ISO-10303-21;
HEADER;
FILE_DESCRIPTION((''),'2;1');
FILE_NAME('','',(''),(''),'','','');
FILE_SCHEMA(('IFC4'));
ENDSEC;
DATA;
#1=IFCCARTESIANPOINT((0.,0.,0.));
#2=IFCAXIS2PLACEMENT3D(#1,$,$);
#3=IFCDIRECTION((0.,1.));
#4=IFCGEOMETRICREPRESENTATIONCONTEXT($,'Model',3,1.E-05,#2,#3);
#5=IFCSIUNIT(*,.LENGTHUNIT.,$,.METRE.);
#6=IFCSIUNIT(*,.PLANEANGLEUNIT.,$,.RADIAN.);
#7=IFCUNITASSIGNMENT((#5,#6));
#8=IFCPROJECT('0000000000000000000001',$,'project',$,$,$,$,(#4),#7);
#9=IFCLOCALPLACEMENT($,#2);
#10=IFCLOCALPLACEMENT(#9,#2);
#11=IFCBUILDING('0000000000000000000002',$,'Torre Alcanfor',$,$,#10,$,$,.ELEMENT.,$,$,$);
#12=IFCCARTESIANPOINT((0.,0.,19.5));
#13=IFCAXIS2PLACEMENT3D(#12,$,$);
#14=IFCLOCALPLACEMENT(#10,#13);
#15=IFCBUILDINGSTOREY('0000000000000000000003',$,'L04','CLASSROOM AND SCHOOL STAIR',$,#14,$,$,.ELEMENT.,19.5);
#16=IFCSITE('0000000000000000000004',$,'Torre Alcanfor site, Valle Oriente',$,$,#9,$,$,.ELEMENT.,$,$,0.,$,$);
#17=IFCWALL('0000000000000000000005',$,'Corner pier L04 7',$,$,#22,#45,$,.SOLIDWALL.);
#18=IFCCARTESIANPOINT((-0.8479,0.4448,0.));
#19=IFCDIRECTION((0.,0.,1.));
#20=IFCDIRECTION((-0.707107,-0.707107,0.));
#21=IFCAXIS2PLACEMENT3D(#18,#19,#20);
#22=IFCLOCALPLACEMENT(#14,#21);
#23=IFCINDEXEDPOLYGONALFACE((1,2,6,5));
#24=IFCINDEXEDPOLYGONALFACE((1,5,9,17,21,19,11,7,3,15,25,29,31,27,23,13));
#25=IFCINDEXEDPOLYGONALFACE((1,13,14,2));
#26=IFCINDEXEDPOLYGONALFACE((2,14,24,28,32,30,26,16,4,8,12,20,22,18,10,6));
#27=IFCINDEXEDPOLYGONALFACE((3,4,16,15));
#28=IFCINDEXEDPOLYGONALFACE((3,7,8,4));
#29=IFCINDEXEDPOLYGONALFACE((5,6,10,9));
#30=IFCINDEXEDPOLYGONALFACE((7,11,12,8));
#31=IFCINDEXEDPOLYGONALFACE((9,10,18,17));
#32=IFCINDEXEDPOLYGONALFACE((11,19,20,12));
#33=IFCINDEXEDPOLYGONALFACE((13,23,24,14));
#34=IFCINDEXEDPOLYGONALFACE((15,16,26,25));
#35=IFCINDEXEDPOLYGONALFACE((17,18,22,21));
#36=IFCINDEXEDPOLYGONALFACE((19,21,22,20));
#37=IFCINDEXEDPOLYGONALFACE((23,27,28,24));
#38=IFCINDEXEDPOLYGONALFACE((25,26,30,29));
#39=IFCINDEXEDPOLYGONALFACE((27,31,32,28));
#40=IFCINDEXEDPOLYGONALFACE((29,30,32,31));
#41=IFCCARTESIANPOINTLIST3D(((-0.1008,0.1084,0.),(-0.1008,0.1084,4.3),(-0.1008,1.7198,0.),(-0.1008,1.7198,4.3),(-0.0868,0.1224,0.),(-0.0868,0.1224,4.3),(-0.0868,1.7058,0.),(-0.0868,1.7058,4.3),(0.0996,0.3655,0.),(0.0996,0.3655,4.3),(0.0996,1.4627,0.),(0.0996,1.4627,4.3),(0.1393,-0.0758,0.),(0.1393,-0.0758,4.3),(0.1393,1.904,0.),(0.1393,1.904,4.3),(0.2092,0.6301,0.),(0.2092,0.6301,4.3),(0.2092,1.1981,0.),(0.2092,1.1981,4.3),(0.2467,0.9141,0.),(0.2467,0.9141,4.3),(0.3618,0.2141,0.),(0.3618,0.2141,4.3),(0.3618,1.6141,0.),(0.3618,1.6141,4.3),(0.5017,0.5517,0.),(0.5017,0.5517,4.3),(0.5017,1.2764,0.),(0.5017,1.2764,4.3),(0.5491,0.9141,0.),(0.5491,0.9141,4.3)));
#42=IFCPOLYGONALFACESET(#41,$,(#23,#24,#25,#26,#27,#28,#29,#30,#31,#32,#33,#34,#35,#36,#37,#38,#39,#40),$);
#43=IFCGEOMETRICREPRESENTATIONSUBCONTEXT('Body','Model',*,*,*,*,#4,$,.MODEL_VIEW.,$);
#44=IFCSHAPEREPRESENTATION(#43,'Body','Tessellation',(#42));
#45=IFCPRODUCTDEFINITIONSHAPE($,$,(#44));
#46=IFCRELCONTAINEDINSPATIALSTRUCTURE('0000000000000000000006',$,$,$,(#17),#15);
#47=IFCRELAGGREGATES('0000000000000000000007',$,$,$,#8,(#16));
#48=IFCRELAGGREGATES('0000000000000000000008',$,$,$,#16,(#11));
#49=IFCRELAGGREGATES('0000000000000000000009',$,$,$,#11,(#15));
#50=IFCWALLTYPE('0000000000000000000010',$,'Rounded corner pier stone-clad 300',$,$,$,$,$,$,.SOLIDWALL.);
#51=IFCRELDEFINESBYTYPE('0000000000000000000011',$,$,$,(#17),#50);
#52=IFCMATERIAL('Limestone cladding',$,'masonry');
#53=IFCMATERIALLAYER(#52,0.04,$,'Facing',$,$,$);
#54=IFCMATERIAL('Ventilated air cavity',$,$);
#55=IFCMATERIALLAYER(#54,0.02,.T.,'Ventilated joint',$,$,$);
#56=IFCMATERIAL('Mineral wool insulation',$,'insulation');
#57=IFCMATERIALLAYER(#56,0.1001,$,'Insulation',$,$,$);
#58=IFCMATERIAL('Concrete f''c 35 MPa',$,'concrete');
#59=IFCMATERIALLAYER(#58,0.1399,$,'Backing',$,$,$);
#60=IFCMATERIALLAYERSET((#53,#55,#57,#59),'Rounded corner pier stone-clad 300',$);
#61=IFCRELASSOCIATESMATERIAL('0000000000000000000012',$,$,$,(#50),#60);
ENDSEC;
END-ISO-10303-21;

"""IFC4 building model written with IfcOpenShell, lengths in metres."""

from ifc_helpers import new_model, si_unit, direction, frame, origin, place, context, subcontext, project, spatial, polyline, outline, extrude, material, layer, layer_set, type_object, element, save


model = new_model("IFC4")

# Units and contexts
model_context = context("Model", 3, precision=1e-05, world=origin(), true_north=direction((0.0, 1.0)))
body_context = subcontext(model_context, "Body", "Model", "MODEL_VIEW")
ifc_project = project(units=[si_unit("LENGTHUNIT", "METRE"), si_unit("PLANEANGLEUNIT", "RADIAN")], contexts=[model_context])

# Site, building, storey
site_placement = place(None, origin())
site = spatial("IfcSite", under=ifc_project, at=site_placement, Name="Torre Alcanfor site, Valle Oriente", CompositionType="ELEMENT", RefElevation=0.0)
building_placement = place(site_placement, origin())
building = spatial("IfcBuilding", under=site, at=building_placement, Name="Torre Alcanfor", CompositionType="ELEMENT")
storey_placement = place(building_placement, frame((0.0, 0.0, 19.5)))
storey = spatial("IfcBuildingStorey", under=building, at=storey_placement, Name="L04", Description="CLASSROOM AND SCHOOL STAIR", CompositionType="ELEMENT", Elevation=19.5)

# Wall
ifc_material_1 = material(Name="Limestone cladding", Category="masonry")
ifc_layer_1 = layer(ifc_material_1, 0.04, Name="Facing")
ifc_material_2 = material(Name="Ventilated air cavity")
ifc_layer_2 = layer(ifc_material_2, 0.02, ventilated=True, Name="Ventilated joint")
ifc_material_3 = material(Name="Mineral wool insulation", Category="insulation")
ifc_layer_3 = layer(ifc_material_3, 0.1001, Name="Insulation")
ifc_material_4 = material(Name="Concrete f'c 35 MPa", Category="concrete")
ifc_layer_4 = layer(ifc_material_4, 0.1399, Name="Backing")
ifc_layer_set_1 = layer_set([ifc_layer_1, ifc_layer_2, ifc_layer_3, ifc_layer_4], Name="Rounded corner pier stone-clad 300")
wall_type = type_object("IfcWallType", Name="Rounded corner pier stone-clad 300", PredefinedType="SOLIDWALL", material=ifc_layer_set_1)
wall_placement = place(storey_placement, frame((-0.8479, 0.4448, 0.0), z_axis=(0.0, 0.0, 1.0), x_axis=(-0.707107, -0.707107, 0.0)))
element("IfcWall", 1, at=wall_placement, inside=storey, type_object=wall_type, Name="Corner pier L04 7", PredefinedType="SOLIDWALL", context=body_context, shape_type="SweptSolid", body=[
    extrude(outline(polyline([(0.1393, 1.904), (-0.1008, 1.7198), (-0.0868, 1.7058), (0.0996, 1.4627), (0.2092, 1.1981), (0.2467, 0.9141), (0.2092, 0.6301), (0.0996, 0.3655), (-0.0868, 0.1224), (-0.1008, 0.1084), (0.1393, -0.0758), (0.3618, 0.2141), (0.5017, 0.5517), (0.5491, 0.9141), (0.5017, 1.2764), (0.3618, 1.6141), (0.1393, 1.904)])), origin(), (0.0, 0.0, 1.0), 4.3),
])

save(model, "model.ifc")
